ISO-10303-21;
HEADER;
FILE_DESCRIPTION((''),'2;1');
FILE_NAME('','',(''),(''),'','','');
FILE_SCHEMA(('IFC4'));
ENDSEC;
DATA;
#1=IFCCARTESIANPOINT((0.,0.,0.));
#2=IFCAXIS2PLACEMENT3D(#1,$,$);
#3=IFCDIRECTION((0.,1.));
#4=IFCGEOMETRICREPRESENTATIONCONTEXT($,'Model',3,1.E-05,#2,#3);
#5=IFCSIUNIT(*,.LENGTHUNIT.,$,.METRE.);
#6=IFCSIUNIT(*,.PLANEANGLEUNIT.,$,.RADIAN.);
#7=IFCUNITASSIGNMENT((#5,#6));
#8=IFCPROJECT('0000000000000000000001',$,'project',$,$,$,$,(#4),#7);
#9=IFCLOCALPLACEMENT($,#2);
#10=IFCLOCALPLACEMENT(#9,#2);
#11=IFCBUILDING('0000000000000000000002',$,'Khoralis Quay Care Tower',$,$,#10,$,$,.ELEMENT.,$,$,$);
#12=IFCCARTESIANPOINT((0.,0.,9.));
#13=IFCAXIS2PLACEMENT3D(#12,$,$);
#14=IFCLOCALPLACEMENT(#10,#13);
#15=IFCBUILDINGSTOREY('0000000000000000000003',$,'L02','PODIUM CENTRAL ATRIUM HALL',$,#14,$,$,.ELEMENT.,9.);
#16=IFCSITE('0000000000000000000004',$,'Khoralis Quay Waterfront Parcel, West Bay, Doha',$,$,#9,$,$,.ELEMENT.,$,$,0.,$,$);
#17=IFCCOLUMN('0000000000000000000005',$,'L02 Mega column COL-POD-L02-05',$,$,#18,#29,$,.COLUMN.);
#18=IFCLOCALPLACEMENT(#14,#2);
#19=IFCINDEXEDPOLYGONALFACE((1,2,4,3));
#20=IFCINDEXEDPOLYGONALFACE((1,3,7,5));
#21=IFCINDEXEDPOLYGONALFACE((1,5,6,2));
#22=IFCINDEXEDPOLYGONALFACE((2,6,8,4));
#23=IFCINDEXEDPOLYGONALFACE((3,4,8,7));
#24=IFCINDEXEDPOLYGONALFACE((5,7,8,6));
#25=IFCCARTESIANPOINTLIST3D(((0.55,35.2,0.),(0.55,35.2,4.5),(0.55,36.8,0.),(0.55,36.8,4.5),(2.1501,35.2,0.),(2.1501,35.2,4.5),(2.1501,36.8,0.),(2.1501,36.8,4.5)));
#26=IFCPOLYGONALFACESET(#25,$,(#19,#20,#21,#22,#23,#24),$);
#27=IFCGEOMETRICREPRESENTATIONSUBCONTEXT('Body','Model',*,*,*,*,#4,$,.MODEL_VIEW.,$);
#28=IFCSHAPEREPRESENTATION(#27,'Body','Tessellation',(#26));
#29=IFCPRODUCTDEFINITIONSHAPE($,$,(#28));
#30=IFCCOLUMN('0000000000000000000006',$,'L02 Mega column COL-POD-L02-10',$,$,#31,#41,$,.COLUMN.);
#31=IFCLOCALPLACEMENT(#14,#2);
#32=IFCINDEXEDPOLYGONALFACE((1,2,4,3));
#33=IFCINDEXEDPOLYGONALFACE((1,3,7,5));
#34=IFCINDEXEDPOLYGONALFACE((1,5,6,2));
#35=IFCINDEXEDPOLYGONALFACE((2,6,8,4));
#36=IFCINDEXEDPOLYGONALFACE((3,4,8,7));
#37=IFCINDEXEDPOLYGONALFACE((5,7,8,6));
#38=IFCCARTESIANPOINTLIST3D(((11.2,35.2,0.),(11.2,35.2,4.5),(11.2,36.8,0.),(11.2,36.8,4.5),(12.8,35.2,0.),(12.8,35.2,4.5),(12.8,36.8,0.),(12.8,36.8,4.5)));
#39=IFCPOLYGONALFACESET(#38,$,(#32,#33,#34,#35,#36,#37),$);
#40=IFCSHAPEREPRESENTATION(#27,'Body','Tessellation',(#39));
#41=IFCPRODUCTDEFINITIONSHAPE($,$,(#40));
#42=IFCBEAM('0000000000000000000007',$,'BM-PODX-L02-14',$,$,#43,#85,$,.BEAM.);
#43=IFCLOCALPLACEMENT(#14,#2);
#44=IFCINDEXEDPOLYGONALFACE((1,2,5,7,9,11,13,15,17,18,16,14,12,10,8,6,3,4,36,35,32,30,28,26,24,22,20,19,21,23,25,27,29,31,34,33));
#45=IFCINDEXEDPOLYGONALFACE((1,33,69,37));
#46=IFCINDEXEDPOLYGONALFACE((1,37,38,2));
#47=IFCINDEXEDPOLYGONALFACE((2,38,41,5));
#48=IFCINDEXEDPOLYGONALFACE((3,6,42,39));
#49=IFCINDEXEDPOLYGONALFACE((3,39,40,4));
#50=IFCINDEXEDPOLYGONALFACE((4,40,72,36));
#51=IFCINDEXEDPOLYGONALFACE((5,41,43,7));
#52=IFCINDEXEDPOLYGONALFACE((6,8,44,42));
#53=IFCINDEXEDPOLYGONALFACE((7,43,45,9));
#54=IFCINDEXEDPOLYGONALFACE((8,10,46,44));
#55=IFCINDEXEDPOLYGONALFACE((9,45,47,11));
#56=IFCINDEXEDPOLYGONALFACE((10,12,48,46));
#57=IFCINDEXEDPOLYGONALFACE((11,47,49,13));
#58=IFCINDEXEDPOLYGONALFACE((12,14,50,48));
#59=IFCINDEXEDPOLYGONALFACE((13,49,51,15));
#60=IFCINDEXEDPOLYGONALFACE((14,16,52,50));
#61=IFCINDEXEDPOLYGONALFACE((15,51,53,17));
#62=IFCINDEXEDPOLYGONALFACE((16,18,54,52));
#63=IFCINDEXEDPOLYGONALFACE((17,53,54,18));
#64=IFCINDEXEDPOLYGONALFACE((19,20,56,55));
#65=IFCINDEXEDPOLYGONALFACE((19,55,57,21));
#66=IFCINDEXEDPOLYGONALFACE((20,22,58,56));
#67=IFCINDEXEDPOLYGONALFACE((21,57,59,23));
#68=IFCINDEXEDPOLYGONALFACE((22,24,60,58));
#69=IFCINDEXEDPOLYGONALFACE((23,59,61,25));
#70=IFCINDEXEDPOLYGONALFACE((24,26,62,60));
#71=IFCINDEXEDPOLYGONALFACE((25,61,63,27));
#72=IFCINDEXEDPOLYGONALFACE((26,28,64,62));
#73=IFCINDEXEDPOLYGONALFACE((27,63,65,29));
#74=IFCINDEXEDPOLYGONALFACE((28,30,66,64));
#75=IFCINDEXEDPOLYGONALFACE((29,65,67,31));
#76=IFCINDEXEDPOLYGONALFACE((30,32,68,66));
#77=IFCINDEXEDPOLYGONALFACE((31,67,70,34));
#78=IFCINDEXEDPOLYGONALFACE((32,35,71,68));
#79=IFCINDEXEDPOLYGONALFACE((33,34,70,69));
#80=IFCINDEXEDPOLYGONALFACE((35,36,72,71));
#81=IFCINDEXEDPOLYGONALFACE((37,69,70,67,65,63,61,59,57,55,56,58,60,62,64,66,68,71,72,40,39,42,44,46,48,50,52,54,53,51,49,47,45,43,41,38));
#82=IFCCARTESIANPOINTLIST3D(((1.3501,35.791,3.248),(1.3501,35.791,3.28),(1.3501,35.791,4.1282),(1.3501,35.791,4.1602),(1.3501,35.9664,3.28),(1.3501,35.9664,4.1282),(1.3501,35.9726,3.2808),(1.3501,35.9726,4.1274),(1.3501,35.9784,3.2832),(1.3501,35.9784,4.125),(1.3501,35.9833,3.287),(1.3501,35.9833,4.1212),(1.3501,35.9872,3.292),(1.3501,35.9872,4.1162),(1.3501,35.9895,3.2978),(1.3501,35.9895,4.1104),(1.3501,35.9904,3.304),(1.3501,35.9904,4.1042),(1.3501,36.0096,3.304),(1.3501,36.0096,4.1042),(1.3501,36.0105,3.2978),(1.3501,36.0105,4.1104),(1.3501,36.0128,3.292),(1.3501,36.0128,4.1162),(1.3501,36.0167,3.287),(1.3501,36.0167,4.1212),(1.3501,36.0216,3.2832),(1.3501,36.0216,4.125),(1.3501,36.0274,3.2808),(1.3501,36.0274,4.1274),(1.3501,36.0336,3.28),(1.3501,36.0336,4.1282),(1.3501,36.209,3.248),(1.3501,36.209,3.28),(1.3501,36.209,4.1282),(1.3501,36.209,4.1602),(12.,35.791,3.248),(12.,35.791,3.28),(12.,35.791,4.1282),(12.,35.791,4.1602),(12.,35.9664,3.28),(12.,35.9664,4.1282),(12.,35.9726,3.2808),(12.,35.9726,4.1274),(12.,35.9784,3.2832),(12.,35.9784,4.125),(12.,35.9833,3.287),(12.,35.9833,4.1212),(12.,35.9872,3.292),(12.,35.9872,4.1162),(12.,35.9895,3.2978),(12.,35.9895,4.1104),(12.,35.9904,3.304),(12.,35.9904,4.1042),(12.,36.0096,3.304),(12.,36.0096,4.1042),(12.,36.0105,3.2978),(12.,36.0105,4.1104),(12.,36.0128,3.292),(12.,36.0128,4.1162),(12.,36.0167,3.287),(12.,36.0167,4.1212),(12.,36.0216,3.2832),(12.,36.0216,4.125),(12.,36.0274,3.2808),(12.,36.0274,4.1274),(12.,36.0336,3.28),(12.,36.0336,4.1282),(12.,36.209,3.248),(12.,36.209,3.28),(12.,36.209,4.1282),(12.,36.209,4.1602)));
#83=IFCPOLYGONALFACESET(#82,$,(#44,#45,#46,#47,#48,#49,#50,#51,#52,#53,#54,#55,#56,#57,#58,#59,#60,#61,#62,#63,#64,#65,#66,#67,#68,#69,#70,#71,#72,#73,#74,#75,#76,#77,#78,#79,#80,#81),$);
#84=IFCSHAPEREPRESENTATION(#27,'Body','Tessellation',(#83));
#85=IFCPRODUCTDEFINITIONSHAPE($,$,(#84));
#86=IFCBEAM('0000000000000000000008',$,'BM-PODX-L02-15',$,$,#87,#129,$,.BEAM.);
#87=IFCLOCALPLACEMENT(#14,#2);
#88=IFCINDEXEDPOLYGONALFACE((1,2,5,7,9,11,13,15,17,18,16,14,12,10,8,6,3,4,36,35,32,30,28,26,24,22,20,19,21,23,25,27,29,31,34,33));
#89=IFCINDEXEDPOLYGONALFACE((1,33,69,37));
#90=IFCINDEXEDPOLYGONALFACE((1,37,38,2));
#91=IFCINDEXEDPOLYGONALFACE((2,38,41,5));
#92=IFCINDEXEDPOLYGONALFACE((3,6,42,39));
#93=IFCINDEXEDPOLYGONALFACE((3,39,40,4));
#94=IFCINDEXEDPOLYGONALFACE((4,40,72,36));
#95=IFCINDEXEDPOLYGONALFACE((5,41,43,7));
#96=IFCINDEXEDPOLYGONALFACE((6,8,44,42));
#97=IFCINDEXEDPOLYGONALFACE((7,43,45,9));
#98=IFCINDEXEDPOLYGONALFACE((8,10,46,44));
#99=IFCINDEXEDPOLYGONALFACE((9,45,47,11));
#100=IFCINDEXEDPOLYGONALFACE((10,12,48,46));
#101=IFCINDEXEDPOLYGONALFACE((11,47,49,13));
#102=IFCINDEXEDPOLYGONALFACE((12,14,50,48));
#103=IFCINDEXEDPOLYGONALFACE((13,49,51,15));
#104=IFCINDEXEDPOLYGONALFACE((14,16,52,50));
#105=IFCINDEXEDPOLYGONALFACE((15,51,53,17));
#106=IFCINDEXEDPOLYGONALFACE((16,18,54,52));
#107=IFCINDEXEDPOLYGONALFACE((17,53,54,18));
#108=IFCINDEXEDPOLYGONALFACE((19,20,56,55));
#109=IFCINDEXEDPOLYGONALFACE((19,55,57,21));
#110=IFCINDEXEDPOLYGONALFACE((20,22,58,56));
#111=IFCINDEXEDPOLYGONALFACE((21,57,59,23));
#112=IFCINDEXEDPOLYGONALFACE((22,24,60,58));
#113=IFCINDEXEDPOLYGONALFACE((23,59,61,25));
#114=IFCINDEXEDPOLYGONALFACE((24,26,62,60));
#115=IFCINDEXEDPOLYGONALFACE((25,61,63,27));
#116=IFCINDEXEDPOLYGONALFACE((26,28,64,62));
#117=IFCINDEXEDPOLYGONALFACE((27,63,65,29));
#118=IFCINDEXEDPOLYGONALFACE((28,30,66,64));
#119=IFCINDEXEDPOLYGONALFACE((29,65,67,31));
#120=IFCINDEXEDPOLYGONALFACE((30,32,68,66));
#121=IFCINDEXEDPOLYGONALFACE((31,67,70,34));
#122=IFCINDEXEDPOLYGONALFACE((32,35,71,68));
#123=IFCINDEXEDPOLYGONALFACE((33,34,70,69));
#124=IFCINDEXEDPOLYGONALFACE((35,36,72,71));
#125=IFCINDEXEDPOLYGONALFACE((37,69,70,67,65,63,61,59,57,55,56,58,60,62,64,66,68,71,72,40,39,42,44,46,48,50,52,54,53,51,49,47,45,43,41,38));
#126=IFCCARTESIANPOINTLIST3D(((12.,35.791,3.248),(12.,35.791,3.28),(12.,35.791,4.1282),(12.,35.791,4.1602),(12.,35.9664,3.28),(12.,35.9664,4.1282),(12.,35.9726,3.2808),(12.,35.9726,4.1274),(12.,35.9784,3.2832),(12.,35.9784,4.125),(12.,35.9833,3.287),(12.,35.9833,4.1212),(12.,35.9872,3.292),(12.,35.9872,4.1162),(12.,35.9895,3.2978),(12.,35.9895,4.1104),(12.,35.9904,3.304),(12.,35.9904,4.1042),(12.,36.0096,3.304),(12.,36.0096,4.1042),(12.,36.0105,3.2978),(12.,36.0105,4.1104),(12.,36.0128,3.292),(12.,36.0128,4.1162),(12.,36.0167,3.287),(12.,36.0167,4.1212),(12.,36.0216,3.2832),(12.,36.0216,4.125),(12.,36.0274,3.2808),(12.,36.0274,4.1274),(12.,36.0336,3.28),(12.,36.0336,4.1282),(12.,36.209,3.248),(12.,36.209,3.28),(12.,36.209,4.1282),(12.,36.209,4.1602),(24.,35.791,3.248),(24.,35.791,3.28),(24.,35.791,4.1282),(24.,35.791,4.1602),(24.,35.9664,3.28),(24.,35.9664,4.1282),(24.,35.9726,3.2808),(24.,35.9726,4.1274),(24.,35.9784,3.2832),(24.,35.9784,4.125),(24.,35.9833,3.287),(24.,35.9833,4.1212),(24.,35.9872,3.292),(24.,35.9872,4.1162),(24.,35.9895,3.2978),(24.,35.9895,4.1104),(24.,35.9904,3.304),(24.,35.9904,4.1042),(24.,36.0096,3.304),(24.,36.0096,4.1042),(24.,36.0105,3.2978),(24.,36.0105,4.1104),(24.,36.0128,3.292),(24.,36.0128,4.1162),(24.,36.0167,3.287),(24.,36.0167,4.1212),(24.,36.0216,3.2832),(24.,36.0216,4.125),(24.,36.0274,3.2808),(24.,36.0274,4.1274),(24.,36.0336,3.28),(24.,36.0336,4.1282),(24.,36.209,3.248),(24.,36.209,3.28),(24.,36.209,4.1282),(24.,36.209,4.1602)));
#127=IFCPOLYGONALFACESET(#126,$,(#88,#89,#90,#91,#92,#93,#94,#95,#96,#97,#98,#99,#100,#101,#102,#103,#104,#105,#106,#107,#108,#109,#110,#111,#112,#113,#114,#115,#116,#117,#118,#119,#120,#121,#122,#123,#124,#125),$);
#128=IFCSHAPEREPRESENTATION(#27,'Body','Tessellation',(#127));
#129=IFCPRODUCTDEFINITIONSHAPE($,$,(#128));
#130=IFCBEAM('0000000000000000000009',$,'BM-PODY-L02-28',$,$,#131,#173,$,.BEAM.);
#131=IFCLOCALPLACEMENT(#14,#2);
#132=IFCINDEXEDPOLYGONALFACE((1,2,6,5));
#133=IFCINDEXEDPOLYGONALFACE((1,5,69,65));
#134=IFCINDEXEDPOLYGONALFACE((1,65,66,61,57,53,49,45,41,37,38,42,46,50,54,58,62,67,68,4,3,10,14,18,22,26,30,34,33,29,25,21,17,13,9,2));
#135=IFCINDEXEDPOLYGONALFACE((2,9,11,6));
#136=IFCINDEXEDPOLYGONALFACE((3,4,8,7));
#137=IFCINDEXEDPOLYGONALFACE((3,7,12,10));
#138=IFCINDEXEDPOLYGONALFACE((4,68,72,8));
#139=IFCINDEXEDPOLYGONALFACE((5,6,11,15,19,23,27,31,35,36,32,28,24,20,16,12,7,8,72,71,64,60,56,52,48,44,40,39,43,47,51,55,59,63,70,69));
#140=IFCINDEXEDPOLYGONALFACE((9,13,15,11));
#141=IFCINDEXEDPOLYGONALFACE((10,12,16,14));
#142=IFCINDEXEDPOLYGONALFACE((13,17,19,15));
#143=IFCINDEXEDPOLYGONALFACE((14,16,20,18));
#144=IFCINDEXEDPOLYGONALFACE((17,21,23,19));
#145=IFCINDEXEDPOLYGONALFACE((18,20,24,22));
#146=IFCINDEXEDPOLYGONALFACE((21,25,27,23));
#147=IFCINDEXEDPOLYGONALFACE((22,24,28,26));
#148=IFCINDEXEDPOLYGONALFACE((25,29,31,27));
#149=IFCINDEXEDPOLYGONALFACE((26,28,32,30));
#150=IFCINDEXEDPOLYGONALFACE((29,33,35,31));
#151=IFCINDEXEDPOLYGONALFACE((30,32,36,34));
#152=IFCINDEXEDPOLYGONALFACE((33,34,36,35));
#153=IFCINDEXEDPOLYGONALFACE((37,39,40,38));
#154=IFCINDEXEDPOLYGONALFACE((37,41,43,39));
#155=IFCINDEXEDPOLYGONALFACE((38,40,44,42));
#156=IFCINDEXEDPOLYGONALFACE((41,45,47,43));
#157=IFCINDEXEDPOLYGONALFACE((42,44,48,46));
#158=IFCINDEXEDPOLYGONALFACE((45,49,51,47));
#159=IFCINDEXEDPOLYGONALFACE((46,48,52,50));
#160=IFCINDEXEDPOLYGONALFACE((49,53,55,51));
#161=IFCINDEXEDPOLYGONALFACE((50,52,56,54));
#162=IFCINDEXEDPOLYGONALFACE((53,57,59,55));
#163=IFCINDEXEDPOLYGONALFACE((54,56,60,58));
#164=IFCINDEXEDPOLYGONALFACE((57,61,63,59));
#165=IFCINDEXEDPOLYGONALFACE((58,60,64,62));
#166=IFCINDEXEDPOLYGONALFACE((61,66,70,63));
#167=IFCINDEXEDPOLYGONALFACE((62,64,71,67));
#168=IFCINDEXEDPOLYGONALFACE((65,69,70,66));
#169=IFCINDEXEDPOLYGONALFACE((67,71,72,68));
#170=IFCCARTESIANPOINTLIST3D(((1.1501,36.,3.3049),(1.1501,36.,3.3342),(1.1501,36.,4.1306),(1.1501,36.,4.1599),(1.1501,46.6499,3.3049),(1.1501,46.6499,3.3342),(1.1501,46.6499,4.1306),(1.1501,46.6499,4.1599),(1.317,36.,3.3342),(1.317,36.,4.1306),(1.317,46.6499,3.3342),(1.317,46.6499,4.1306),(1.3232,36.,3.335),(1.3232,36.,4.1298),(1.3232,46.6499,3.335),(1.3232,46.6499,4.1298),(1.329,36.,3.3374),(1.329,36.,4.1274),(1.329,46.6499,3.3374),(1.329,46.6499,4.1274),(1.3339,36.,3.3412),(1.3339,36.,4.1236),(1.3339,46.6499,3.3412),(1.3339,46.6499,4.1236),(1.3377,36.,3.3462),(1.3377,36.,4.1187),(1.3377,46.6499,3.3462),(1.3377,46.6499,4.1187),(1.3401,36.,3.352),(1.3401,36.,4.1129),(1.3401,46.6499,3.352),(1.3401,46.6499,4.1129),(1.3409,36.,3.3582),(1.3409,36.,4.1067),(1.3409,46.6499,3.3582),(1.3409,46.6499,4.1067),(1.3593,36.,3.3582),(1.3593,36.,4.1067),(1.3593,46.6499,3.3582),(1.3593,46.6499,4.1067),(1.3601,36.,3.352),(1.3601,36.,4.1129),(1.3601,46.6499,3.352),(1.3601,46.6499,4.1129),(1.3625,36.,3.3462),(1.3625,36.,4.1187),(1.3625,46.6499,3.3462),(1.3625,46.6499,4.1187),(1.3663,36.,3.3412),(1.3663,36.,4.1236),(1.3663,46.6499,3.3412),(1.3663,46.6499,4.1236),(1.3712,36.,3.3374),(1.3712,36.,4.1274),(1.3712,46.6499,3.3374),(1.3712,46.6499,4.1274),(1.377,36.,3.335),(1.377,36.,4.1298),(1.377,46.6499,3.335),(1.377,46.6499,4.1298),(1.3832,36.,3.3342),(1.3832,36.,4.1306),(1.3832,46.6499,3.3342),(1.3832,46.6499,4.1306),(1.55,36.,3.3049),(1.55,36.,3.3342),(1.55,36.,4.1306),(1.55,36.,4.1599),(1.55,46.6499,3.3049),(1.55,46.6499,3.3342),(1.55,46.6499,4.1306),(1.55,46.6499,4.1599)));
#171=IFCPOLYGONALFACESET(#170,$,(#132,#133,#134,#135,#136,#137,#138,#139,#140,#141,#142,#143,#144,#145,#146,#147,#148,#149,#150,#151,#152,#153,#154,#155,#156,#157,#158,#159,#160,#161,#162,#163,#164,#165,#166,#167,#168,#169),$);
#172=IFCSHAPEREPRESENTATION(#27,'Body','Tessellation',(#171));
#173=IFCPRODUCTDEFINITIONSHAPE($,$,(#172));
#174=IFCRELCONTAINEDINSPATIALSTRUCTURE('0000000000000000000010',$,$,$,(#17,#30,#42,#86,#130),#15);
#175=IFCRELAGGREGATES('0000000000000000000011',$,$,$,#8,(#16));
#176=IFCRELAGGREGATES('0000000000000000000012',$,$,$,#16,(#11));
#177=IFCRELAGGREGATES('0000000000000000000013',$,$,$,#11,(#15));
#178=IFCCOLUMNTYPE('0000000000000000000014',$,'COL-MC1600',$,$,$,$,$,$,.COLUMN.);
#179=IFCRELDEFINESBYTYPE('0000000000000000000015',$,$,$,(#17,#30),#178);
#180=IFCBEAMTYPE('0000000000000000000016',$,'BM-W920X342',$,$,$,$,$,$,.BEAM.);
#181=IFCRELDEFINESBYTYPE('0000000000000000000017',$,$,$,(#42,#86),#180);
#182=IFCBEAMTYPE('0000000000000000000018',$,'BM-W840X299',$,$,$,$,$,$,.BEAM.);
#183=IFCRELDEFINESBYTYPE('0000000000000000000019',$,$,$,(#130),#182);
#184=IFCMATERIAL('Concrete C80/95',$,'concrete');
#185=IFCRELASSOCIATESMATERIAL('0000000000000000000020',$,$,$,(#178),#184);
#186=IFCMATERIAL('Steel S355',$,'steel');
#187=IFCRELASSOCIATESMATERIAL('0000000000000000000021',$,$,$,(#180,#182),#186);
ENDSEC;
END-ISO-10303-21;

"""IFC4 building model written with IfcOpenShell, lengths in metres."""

from ifc_helpers import new_model, si_unit, direction, frame, origin, origin_2d, place, context, subcontext, project, spatial, rectangle, i_section, extrude, source, transform, mapped, material, material_profile, profile_set, type_object, element, save


model = new_model("IFC4")

# Units and contexts
model_context = context("Model", 3, precision=1e-05, world=origin(), true_north=direction((0.0, 1.0)))
body_context = subcontext(model_context, "Body", "Model", "MODEL_VIEW")
ifc_project = project(units=[si_unit("LENGTHUNIT", "METRE"), si_unit("PLANEANGLEUNIT", "RADIAN")], contexts=[model_context])

# Site, building, storey
site_placement = place(None, origin())
site = spatial("IfcSite", under=ifc_project, at=site_placement, Name="Khoralis Quay Waterfront Parcel, West Bay, Doha", CompositionType="ELEMENT", RefElevation=0.0)
building_placement = place(site_placement, origin())
building = spatial("IfcBuilding", under=site, at=building_placement, Name="Khoralis Quay Care Tower", CompositionType="ELEMENT")
storey_placement = place(building_placement, frame((0.0, 0.0, 9.0)))
storey = spatial("IfcBuildingStorey", under=building, at=storey_placement, Name="L02", Description="PODIUM CENTRAL ATRIUM HALL", CompositionType="ELEMENT", Elevation=9.0)

# Columns
ifc_material_1 = material(Name="Concrete C80/95", Category="concrete")
ifc_material_profile_1 = material_profile(ifc_material_1, rectangle(XDim=1.6001, YDim=1.6001, at=origin_2d()), Name="Concrete C80/95")
ifc_profile_set_1 = profile_set([ifc_material_profile_1], Name="Concrete C80/95")
column_type = type_object("IfcColumnType", Name="COL-MC1600", PredefinedType="COLUMN", material=ifc_profile_set_1)
shared_shape_1 = source(origin(), body_context, "Body", "SweptSolid", [
    extrude(rectangle(XDim=1.6001, YDim=1.6001, at=origin_2d()), origin(), (0.0, 0.0, 1.0), 4.5),
])
for number, where, z_axis, x_axis, name in (
    (1, (1.3501, 36.0, 0.0), (0.0, 0.0, 1.0), (1.0, 0.0, 0.0), "L02 Mega column COL-POD-L02-05"),
    (2, (12.0, 36.0, 0.0), (0.0, 0.0, 1.0), (1.0, 0.0, 0.0), "L02 Mega column COL-POD-L02-10"),
):
    element("IfcColumn", number, at=place(storey_placement, frame(where, z_axis=z_axis, x_axis=x_axis)), inside=storey, type_object=column_type, Name=name, PredefinedType="COLUMN", context=body_context, shape_type="MappedRepresentation", body=[
        mapped(shared_shape_1, transform((0.0, 0.0, 0.0), scale=1.0)),
    ])

# Beams
ifc_material_2 = material(Name="Steel S355", Category="steel")
ifc_material_profile_2 = material_profile(ifc_material_2, i_section(OverallWidth=0.418, OverallDepth=0.9121, WebThickness=0.0193, FlangeThickness=0.032, FilletRadius=0.0239, at=origin_2d()), Name="Steel S355")
ifc_profile_set_2 = profile_set([ifc_material_profile_2], Name="Steel S355")
beam_type_1 = type_object("IfcBeamType", Name="BM-W920X342", PredefinedType="BEAM", material=ifc_profile_set_2)
shared_shape_2 = source(origin(), body_context, "Body", "SweptSolid", [
    extrude(i_section(OverallWidth=0.418, OverallDepth=0.9121, WebThickness=0.0193, FlangeThickness=0.032, FilletRadius=0.0239, at=origin_2d()), origin(), (0.0, 0.0, 1.0), 10.6499),
])
beam_1_placement = place(storey_placement, frame((1.3501, 36.0, 3.7041), z_axis=(1.0, 0.0, 0.0), x_axis=(0.0, 1.0, 0.0)))
element("IfcBeam", 3, at=beam_1_placement, inside=storey, type_object=beam_type_1, Name="BM-PODX-L02-14", PredefinedType="BEAM", context=body_context, shape_type="MappedRepresentation", body=[
    mapped(shared_shape_2, transform((0.0, 0.0, 0.0), scale=1.0)),
])
shared_shape_3 = source(origin(), body_context, "Body", "SweptSolid", [
    extrude(i_section(OverallWidth=0.418, OverallDepth=0.9121, WebThickness=0.0193, FlangeThickness=0.032, FilletRadius=0.0239, at=origin_2d()), origin(), (0.0, 0.0, 1.0), 12.0),
])
beam_2_placement = place(storey_placement, frame((12.0, 36.0, 3.7041), z_axis=(1.0, 0.0, 0.0), x_axis=(0.0, 1.0, 0.0)))
element("IfcBeam", 4, at=beam_2_placement, inside=storey, type_object=beam_type_1, Name="BM-PODX-L02-15", PredefinedType="BEAM", context=body_context, shape_type="MappedRepresentation", body=[
    mapped(shared_shape_3, transform((0.0, 0.0, 0.0), scale=1.0)),
])
ifc_material_profile_3 = material_profile(ifc_material_2, i_section(OverallWidth=0.3999, OverallDepth=0.855, WebThickness=0.0183, FlangeThickness=0.0293, FilletRadius=0.0239, at=origin_2d()), Name="Steel S355")
ifc_profile_set_3 = profile_set([ifc_material_profile_3], Name="Steel S355")
beam_type_2 = type_object("IfcBeamType", Name="BM-W840X299", PredefinedType="BEAM", material=ifc_profile_set_3)
shared_shape_4 = source(origin(), body_context, "Body", "SweptSolid", [
    extrude(i_section(OverallWidth=0.3999, OverallDepth=0.855, WebThickness=0.0183, FlangeThickness=0.0293, FilletRadius=0.0239, at=origin_2d()), origin(), (0.0, 0.0, 1.0), 10.6499),
])
beam_3_placement = place(storey_placement, frame((1.3501, 36.0, 3.7324), z_axis=(0.0, 1.0, 0.0), x_axis=(-1.0, 0.0, 0.0)))
element("IfcBeam", 5, at=beam_3_placement, inside=storey, type_object=beam_type_2, Name="BM-PODY-L02-28", PredefinedType="BEAM", context=body_context, shape_type="MappedRepresentation", body=[
    mapped(shared_shape_4, transform((0.0, 0.0, 0.0), scale=1.0)),
])

save(model, "model.ifc")
